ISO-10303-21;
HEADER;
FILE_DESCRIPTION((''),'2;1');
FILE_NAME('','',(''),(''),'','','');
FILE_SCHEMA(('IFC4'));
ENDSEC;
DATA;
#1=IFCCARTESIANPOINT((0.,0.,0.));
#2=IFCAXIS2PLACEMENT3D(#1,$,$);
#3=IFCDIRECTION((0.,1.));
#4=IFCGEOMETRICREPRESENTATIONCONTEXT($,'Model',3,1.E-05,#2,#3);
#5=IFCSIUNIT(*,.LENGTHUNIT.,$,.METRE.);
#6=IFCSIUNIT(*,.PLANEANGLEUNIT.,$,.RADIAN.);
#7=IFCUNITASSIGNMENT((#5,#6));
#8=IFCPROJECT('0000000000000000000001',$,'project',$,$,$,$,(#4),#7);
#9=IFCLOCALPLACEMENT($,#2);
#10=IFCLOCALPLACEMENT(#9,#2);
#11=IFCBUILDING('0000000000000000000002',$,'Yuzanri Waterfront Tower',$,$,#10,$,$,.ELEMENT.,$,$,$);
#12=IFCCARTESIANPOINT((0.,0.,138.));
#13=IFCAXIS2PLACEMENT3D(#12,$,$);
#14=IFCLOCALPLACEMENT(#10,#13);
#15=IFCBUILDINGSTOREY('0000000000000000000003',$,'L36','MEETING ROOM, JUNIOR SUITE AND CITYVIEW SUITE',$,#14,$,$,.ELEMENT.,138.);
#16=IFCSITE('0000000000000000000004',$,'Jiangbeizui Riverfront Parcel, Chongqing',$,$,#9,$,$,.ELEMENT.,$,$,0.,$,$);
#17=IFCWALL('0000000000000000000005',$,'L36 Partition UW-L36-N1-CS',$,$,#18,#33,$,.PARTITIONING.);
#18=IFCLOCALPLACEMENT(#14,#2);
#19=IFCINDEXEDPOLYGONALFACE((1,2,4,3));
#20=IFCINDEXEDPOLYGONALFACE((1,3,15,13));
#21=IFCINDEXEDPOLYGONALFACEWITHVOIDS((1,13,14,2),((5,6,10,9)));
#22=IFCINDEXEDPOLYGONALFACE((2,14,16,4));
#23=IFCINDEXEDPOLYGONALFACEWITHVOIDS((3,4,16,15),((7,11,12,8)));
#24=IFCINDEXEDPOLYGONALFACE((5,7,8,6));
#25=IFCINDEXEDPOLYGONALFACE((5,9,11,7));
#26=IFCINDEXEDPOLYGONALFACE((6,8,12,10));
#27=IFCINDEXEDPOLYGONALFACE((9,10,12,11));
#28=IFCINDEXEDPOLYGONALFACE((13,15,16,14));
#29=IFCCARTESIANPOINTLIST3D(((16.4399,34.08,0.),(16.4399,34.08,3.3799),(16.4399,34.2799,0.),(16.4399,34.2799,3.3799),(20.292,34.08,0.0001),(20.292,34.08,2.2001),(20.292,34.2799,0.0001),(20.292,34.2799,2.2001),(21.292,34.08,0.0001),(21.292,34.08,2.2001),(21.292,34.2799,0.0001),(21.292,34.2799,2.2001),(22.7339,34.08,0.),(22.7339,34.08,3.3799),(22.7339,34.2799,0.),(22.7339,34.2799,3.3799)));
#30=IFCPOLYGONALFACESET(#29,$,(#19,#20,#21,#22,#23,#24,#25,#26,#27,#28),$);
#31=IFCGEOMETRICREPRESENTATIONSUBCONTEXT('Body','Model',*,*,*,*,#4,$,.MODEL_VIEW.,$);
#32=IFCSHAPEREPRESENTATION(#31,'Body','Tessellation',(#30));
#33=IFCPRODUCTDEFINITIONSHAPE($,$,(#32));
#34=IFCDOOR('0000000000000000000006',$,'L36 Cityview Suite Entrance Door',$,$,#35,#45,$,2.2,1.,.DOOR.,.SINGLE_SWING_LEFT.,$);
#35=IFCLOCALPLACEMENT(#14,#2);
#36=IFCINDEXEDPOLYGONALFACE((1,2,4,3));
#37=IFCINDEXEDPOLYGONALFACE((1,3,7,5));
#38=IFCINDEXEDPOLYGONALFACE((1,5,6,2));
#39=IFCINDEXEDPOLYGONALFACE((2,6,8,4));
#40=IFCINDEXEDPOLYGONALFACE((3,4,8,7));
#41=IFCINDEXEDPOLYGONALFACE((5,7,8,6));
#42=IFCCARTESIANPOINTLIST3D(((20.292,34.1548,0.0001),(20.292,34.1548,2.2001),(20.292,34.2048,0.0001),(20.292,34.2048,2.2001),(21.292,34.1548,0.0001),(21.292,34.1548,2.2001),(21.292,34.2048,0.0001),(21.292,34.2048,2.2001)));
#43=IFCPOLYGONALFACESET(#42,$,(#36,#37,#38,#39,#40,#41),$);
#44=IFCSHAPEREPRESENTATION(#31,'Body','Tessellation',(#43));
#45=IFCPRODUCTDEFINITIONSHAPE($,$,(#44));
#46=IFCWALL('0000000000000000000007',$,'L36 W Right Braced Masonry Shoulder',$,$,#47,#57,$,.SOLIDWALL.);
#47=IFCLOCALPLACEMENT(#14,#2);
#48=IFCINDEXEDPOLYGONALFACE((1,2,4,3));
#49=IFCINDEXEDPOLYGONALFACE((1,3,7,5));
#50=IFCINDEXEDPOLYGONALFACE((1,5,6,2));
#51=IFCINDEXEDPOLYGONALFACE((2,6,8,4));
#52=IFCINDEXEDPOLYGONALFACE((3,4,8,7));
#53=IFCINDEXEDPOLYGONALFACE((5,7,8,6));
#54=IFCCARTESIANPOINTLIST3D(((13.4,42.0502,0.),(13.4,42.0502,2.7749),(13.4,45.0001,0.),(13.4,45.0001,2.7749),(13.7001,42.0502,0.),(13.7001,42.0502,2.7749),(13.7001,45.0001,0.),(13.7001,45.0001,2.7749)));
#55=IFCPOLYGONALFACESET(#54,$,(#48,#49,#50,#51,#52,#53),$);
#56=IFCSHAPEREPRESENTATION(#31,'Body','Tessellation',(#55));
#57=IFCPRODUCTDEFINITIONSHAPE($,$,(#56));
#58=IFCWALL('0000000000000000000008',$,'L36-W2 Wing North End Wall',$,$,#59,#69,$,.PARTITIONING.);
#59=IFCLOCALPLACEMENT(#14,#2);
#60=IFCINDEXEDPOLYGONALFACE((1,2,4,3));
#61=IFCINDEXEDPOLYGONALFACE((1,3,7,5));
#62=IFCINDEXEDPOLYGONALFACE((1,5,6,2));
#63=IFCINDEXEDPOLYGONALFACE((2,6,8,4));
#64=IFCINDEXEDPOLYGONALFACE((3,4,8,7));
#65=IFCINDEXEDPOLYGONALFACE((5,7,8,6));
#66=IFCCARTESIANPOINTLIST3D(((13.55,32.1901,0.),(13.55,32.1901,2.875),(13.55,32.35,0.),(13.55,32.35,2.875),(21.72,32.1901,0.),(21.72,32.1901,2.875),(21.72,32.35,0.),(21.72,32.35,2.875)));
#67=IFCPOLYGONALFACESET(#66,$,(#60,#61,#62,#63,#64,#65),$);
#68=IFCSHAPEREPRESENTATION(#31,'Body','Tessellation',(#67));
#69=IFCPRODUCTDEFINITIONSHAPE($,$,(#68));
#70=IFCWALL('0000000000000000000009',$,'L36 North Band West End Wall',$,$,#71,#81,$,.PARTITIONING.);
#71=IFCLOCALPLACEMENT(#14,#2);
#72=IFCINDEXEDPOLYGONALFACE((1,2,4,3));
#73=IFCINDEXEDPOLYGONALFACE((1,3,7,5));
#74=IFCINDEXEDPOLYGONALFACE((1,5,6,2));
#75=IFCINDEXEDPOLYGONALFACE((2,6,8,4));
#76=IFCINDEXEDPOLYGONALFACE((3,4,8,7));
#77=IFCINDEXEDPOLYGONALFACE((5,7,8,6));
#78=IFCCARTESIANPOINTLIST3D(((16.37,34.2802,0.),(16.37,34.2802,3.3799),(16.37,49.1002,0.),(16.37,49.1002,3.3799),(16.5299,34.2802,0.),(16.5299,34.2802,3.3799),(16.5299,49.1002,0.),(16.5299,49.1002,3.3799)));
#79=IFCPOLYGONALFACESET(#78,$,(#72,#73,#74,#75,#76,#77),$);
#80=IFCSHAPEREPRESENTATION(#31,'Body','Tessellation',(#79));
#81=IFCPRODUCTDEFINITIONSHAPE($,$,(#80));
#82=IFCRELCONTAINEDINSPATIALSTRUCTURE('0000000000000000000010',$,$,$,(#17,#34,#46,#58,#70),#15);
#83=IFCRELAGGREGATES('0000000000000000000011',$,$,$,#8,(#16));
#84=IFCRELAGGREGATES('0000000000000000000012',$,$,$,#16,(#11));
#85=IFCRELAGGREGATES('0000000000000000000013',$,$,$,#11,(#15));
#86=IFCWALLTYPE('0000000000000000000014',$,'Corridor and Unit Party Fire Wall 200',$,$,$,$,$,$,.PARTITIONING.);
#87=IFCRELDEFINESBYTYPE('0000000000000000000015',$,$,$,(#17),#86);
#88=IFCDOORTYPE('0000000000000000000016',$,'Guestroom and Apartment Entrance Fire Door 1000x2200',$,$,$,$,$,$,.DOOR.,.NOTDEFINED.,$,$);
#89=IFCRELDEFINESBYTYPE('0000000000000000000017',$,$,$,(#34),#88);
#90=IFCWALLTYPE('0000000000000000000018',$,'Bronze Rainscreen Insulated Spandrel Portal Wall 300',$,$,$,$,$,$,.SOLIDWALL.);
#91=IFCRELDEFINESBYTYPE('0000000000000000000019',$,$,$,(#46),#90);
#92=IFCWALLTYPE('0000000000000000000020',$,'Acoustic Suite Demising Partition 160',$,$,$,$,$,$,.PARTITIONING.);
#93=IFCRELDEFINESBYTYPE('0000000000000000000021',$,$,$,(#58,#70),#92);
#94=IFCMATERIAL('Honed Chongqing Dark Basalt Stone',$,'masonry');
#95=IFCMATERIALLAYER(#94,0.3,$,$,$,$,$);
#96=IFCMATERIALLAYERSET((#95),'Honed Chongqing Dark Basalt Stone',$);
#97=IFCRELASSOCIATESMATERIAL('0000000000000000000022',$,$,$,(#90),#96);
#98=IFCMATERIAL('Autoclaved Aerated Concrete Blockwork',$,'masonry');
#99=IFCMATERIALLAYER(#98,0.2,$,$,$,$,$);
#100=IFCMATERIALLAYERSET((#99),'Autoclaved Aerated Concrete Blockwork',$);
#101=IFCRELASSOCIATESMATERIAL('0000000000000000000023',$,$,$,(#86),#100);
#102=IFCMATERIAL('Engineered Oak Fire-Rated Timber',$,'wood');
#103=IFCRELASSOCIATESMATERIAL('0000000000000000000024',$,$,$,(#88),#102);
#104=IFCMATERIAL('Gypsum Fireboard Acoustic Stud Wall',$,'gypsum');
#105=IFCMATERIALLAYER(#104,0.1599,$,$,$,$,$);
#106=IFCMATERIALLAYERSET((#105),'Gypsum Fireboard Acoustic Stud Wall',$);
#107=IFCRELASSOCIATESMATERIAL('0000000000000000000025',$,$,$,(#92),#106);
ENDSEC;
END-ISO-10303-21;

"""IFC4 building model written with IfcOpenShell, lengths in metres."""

from ifc_helpers import new_model, si_unit, direction, frame, frame_2d, origin, place, context, subcontext, project, spatial, rectangle, extrude, source, transform, mapped, material, layer, layer_set, type_object, element, fill, save


model = new_model("IFC4")

# Units and contexts
model_context = context("Model", 3, precision=1e-05, world=origin(), true_north=direction((0.0, 1.0)))
body_context = subcontext(model_context, "Body", "Model", "MODEL_VIEW")
ifc_project = project(units=[si_unit("LENGTHUNIT", "METRE"), si_unit("PLANEANGLEUNIT", "RADIAN")], contexts=[model_context])

# Site, building, storey
site_placement = place(None, origin())
site = spatial("IfcSite", under=ifc_project, at=site_placement, Name="Jiangbeizui Riverfront Parcel, Chongqing", CompositionType="ELEMENT", RefElevation=0.0)
building_placement = place(site_placement, origin())
building = spatial("IfcBuilding", under=site, at=building_placement, Name="Yuzanri Waterfront Tower", CompositionType="ELEMENT")
storey_placement = place(building_placement, frame((0.0, 0.0, 138.0)))
storey = spatial("IfcBuildingStorey", under=building, at=storey_placement, Name="L36", Description="MEETING ROOM, JUNIOR SUITE AND CITYVIEW SUITE", CompositionType="ELEMENT", Elevation=138.0)

# Shared definitions
ifc_material_1 = material(Name="Honed Chongqing Dark Basalt Stone", Category="masonry")
ifc_layer_1 = layer(ifc_material_1, 0.3)
ifc_layer_set_1 = layer_set([ifc_layer_1], Name="Honed Chongqing Dark Basalt Stone")
wall_type_1 = type_object("IfcWallType", Name="Bronze Rainscreen Insulated Spandrel Portal Wall 300", PredefinedType="SOLIDWALL", material=ifc_layer_set_1)

# Wall, opening, door
ifc_material_2 = material(Name="Autoclaved Aerated Concrete Blockwork", Category="masonry")
ifc_layer_2 = layer(ifc_material_2, 0.2)
ifc_layer_set_2 = layer_set([ifc_layer_2], Name="Autoclaved Aerated Concrete Blockwork")
wall_type_2 = type_object("IfcWallType", Name="Corridor and Unit Party Fire Wall 200", PredefinedType="PARTITIONING", material=ifc_layer_set_2)
wall_1_placement = place(storey_placement, frame((16.4399, 34.1799, 0.0), z_axis=(0.0, 0.0, 1.0), x_axis=(1.0, 0.0, 0.0)))
wall_1 = element("IfcWall", 1, at=wall_1_placement, inside=storey, type_object=wall_type_2, Name="L36 Partition UW-L36-N1-CS", PredefinedType="PARTITIONING", context=body_context, shape_type="SweptSolid", body=[
    extrude(rectangle(XDim=6.2939, YDim=0.2, at=frame_2d((3.147, 0.0))), origin(), (0.0, 0.0, 1.0), 3.3799),
])
opening_1_placement = place(wall_1_placement, frame((3.8521, 0.0, 0.0)))
opening_1 = element("IfcOpeningElement", 2, at=opening_1_placement, cuts=wall_1, PredefinedType="OPENING", context=body_context, shape_type="SweptSolid", body=[
    extrude(rectangle(XDim=1.0, YDim=2.2, at=frame_2d((0.5, 1.1001))), frame((0.0, 0.1147, 0.0), z_axis=(0.0, -1.0, 0.0), x_axis=(1.0, 0.0, 0.0)), (0.0, 0.0, 1.0), 0.2297),
])
ifc_material_3 = material(Name="Engineered Oak Fire-Rated Timber", Category="wood")
door_type_1 = type_object("IfcDoorType", Name="Guestroom and Apartment Entrance Fire Door 1000x2200", OperationType="NOTDEFINED", PredefinedType="DOOR", material=ifc_material_3)
shared_shape_1 = source(origin(), body_context, "Body", "SweptSolid", [
    extrude(rectangle(XDim=1.0, YDim=2.2, at=frame_2d((0.5, 1.1001))), frame((0.0, 0.0249, 0.0), z_axis=(0.0, -1.0, 0.0), x_axis=(1.0, 0.0, 0.0)), (0.0, 0.0, 1.0), 0.05),
])
door_1_placement = place(opening_1_placement, origin())
door_1 = element("IfcDoor", 3, at=door_1_placement, inside=storey, type_object=door_type_1, Name="L36 Cityview Suite Entrance Door", OperationType="SINGLE_SWING_LEFT", OverallHeight=2.2, OverallWidth=1.0, PredefinedType="DOOR", context=body_context, shape_type="MappedRepresentation", body=[
    mapped(shared_shape_1, transform((0.0, 0.0, 0.0), scale=1.0)),
])
fill(opening_1, door_1)

# Walls
shared_shape_2 = source(origin(), body_context, "Body", "SweptSolid", [
    extrude(rectangle(XDim=2.95, YDim=0.3, at=frame_2d((1.4751, 0.0))), origin(), (0.0, 0.0, 1.0), 2.7749),
])
wall_2_placement = place(storey_placement, frame((13.55, 42.05, 0.0), z_axis=(0.0, 0.0, 1.0), x_axis=(0.0, 1.0, 0.0)))
element("IfcWall", 4, at=wall_2_placement, inside=storey, type_object=wall_type_1, Name="L36 W Right Braced Masonry Shoulder", PredefinedType="SOLIDWALL", context=body_context, shape_type="MappedRepresentation", body=[
    mapped(shared_shape_2, transform((0.0, 0.0, 0.0), scale=1.0)),
])
ifc_material_4 = material(Name="Gypsum Fireboard Acoustic Stud Wall", Category="gypsum")
ifc_layer_3 = layer(ifc_material_4, 0.1599)
ifc_layer_set_3 = layer_set([ifc_layer_3], Name="Gypsum Fireboard Acoustic Stud Wall")
wall_type_3 = type_object("IfcWallType", Name="Acoustic Suite Demising Partition 160", PredefinedType="PARTITIONING", material=ifc_layer_set_3)
shared_shape_3 = source(origin(), body_context, "Body", "SweptSolid", [
    extrude(rectangle(XDim=8.1699, YDim=0.1599, at=frame_2d((4.085, 0.0))), origin(), (0.0, 0.0, 1.0), 2.875),
])
wall_3_placement = place(storey_placement, frame((13.55, 32.27, 0.0), z_axis=(0.0, 0.0, 1.0), x_axis=(1.0, 0.0, 0.0)))
element("IfcWall", 5, at=wall_3_placement, inside=storey, type_object=wall_type_3, Name="L36-W2 Wing North End Wall", PredefinedType="PARTITIONING", context=body_context, shape_type="MappedRepresentation", body=[
    mapped(shared_shape_3, transform((0.0, 0.0, 0.0), scale=1.0)),
])
shared_shape_4 = source(origin(), body_context, "Body", "SweptSolid", [
    extrude(rectangle(XDim=14.8201, YDim=0.1599, at=frame_2d((7.4102, 0.0))), origin(), (0.0, 0.0, 1.0), 3.3799),
])
wall_4_placement = place(storey_placement, frame((16.45, 34.28, 0.0), z_axis=(0.0, 0.0, 1.0), x_axis=(0.0, 1.0, 0.0)))
element("IfcWall", 6, at=wall_4_placement, inside=storey, type_object=wall_type_3, Name="L36 North Band West End Wall", PredefinedType="PARTITIONING", context=body_context, shape_type="MappedRepresentation", body=[
    mapped(shared_shape_4, transform((0.0, 0.0, 0.0), scale=1.0)),
])

save(model, "model.ifc")
